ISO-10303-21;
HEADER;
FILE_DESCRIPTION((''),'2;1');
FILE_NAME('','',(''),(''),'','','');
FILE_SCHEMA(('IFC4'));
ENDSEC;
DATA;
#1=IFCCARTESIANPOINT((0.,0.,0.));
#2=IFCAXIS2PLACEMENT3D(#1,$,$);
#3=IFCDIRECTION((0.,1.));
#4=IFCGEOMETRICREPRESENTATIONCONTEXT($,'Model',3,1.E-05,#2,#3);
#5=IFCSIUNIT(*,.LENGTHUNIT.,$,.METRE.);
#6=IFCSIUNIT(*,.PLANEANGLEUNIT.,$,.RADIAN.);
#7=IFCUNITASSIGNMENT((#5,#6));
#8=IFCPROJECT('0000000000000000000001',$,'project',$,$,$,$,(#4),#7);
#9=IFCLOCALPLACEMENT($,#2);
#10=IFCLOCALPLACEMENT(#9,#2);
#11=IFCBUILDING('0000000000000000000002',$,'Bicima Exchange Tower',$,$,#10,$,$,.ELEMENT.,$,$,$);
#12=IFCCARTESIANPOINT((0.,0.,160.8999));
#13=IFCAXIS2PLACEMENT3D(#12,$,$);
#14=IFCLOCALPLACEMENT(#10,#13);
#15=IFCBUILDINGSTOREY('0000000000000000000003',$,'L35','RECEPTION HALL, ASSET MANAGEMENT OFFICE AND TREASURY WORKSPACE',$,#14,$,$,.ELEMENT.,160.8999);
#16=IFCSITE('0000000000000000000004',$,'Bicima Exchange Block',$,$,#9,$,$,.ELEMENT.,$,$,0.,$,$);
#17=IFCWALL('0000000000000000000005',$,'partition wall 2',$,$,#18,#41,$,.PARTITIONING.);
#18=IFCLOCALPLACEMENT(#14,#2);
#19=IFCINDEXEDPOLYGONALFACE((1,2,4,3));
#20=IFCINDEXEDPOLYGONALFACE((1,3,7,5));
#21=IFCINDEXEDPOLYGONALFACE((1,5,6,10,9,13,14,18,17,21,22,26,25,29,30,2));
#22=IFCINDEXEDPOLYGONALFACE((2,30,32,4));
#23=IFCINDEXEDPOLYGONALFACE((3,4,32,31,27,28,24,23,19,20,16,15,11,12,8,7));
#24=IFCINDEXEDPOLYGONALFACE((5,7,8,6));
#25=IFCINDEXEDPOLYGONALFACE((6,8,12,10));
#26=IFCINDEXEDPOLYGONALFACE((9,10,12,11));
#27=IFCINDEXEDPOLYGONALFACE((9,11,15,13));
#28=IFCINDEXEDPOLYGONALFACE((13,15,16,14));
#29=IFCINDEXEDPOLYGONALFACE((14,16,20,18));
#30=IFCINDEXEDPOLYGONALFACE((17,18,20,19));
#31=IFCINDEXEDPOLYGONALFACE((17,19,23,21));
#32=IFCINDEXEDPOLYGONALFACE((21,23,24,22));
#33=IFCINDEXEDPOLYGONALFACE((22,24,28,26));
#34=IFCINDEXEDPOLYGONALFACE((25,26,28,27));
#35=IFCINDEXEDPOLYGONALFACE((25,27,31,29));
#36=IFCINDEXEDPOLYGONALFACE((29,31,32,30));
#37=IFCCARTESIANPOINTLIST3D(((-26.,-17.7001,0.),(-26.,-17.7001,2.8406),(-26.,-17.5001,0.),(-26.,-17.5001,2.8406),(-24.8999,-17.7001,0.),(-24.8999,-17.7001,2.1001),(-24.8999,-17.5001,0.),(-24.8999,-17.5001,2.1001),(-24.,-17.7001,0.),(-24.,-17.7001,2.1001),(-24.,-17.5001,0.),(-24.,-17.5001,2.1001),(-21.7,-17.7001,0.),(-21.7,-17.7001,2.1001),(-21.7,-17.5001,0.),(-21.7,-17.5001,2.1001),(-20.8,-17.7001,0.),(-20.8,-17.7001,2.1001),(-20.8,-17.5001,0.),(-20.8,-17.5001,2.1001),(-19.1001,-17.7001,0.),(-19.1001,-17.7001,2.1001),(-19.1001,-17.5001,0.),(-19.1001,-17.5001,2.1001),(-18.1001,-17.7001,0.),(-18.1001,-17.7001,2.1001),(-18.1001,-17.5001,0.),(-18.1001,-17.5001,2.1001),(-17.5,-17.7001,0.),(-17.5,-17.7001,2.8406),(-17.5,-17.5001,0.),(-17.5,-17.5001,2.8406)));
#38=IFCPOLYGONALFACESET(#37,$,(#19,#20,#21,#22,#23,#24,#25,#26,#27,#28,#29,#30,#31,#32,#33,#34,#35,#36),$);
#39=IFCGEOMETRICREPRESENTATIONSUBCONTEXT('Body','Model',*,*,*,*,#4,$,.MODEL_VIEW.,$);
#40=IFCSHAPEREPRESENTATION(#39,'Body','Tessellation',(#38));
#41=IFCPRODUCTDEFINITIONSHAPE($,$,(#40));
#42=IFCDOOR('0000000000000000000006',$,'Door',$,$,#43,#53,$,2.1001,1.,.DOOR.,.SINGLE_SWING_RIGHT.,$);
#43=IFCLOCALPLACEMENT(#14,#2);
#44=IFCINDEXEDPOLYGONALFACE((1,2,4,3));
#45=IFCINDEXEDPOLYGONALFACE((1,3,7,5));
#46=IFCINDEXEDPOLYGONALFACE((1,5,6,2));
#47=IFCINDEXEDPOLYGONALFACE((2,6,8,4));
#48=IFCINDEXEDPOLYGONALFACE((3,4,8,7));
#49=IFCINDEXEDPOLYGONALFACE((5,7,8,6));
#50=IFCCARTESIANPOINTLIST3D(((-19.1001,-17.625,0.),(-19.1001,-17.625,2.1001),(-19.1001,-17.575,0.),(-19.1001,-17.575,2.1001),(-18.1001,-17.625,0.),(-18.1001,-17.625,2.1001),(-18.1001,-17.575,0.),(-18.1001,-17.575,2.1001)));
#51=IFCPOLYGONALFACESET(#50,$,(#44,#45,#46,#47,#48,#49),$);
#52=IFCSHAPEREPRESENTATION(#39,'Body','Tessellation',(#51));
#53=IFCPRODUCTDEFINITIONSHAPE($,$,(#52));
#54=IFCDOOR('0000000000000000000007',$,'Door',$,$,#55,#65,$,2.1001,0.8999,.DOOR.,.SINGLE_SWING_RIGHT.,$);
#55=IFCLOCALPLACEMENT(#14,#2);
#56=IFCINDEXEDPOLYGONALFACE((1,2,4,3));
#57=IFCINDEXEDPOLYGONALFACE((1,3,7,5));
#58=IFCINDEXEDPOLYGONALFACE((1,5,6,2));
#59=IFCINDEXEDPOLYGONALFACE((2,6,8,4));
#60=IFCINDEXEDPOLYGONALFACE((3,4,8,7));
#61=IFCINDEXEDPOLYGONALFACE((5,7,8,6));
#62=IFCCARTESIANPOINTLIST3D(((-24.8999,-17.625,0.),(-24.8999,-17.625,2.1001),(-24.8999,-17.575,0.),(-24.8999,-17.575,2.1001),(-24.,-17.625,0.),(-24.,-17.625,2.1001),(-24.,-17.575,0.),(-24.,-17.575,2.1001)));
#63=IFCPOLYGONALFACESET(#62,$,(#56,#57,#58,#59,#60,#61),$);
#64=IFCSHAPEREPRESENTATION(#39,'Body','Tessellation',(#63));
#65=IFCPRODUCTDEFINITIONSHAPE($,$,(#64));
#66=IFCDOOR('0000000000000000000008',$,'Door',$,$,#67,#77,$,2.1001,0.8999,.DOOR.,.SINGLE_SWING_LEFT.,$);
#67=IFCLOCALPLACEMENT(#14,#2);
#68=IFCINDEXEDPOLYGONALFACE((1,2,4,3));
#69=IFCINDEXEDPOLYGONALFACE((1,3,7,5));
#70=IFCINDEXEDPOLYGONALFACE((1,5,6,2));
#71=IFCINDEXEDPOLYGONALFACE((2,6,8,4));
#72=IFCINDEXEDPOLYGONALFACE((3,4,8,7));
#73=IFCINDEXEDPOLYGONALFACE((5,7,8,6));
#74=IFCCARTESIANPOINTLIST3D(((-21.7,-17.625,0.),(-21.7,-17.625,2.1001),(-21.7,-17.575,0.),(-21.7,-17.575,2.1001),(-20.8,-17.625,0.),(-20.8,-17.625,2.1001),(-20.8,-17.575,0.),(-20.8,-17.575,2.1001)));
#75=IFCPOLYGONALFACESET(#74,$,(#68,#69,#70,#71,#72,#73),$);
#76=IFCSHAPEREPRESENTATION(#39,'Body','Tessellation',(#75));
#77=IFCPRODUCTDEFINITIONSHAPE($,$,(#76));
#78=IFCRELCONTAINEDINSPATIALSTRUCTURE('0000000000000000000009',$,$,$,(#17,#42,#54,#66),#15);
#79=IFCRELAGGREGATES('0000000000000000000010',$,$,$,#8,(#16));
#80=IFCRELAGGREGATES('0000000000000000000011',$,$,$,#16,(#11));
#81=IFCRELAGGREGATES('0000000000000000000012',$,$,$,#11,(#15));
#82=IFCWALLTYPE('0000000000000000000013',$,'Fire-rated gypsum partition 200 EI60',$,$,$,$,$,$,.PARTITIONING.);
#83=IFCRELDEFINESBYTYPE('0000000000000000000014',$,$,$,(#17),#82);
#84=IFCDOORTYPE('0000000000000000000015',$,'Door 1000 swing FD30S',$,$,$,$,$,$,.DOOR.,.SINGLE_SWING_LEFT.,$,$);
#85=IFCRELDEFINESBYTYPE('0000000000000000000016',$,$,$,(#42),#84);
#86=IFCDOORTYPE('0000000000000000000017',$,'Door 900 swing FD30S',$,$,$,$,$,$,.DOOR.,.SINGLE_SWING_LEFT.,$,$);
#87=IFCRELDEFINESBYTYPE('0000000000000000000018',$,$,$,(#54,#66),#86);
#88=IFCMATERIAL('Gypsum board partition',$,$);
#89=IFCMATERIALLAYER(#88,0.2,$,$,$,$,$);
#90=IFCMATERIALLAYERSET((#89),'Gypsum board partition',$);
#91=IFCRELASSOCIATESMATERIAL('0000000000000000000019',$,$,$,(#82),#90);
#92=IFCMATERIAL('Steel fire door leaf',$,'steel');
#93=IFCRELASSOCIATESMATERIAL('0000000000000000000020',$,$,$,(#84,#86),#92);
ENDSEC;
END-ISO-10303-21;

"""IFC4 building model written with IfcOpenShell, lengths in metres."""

from ifc_helpers import new_model, si_unit, direction, frame, frame_2d, origin, place, context, subcontext, project, spatial, rectangle, extrude, material, layer, layer_set, type_object, element, fill, save


model = new_model("IFC4")

# Units and contexts
model_context = context("Model", 3, precision=1e-05, world=origin(), true_north=direction((0.0, 1.0)))
body_context = subcontext(model_context, "Body", "Model", "MODEL_VIEW")
ifc_project = project(units=[si_unit("LENGTHUNIT", "METRE"), si_unit("PLANEANGLEUNIT", "RADIAN")], contexts=[model_context])

# Site, building, storey
site_placement = place(None, origin())
site = spatial("IfcSite", under=ifc_project, at=site_placement, Name="Bicima Exchange Block", CompositionType="ELEMENT", RefElevation=0.0)
building_placement = place(site_placement, origin())
building = spatial("IfcBuilding", under=site, at=building_placement, Name="Bicima Exchange Tower", CompositionType="ELEMENT")
storey_placement = place(building_placement, frame((0.0, 0.0, 160.8999)))
storey = spatial("IfcBuildingStorey", under=building, at=storey_placement, Name="L35", Description="RECEPTION HALL, ASSET MANAGEMENT OFFICE AND TREASURY WORKSPACE", CompositionType="ELEMENT", Elevation=160.8999)

# Wall, openings, doors
ifc_material_1 = material(Name="Gypsum board partition")
ifc_layer_1 = layer(ifc_material_1, 0.2)
ifc_layer_set_1 = layer_set([ifc_layer_1], Name="Gypsum board partition")
wall_type = type_object("IfcWallType", Name="Fire-rated gypsum partition 200 EI60", PredefinedType="PARTITIONING", material=ifc_layer_set_1)
wall_1_placement = place(storey_placement, frame((-26.0, -17.6001, 0.0), z_axis=(0.0, 0.0, 1.0), x_axis=(1.0, 0.0, 0.0)))
wall_1 = element("IfcWall", 1, at=wall_1_placement, inside=storey, type_object=wall_type, Name="partition wall 2", PredefinedType="PARTITIONING", context=body_context, shape_type="SweptSolid", body=[
    extrude(rectangle(XDim=8.5, YDim=0.2, at=frame_2d((4.25, 0.0))), origin(), (0.0, 0.0, 1.0), 2.8406),
])
opening_1_placement = place(wall_1_placement, frame((1.1001, 0.0, 0.0)))
opening_1 = element("IfcOpeningElement", 2, at=opening_1_placement, cuts=wall_1, PredefinedType="OPENING", context=body_context, shape_type="SweptSolid", body=[
    extrude(rectangle(XDim=0.8999, YDim=2.1001, at=frame_2d((0.45, 1.05))), frame((0.0, 0.1118, 0.0), z_axis=(0.0, -1.0, 0.0), x_axis=(1.0, 0.0, 0.0)), (0.0, 0.0, 1.0), 0.2239),
])
opening_2_placement = place(wall_1_placement, frame((4.3, 0.0, 0.0)))
opening_2 = element("IfcOpeningElement", 3, at=opening_2_placement, cuts=wall_1, PredefinedType="OPENING", context=body_context, shape_type="SweptSolid", body=[
    extrude(rectangle(XDim=0.8999, YDim=2.1001, at=frame_2d((0.45, 1.05))), frame((0.0, 0.1118, 0.0), z_axis=(0.0, -1.0, 0.0), x_axis=(1.0, 0.0, 0.0)), (0.0, 0.0, 1.0), 0.2239),
])
opening_3_placement = place(wall_1_placement, frame((6.8999, 0.0, 0.0)))
opening_3 = element("IfcOpeningElement", 4, at=opening_3_placement, cuts=wall_1, PredefinedType="OPENING", context=body_context, shape_type="SweptSolid", body=[
    extrude(rectangle(XDim=1.0, YDim=2.1001, at=frame_2d((0.5, 1.05))), frame((0.0, 0.1118, 0.0), z_axis=(0.0, -1.0, 0.0), x_axis=(1.0, 0.0, 0.0)), (0.0, 0.0, 1.0), 0.2239),
])
ifc_material_2 = material(Name="Steel fire door leaf", Category="steel")
door_type_1 = type_object("IfcDoorType", Name="Door 1000 swing FD30S", OperationType="SINGLE_SWING_LEFT", PredefinedType="DOOR", material=ifc_material_2)
door_1_placement = place(opening_3_placement, frame((1.0, 0.0, 0.0), z_axis=(0.0, 0.0, 1.0), x_axis=(-1.0, 0.0, 0.0)))
door_1 = element("IfcDoor", 5, at=door_1_placement, inside=storey, type_object=door_type_1, Name="Door", OperationType="SINGLE_SWING_RIGHT", OverallHeight=2.1001, OverallWidth=1.0, PredefinedType="DOOR", context=body_context, shape_type="SweptSolid", body=[
    extrude(rectangle(XDim=1.0, YDim=2.1001, at=frame_2d((0.5, 1.05))), frame((0.0, 0.0249, 0.0), z_axis=(0.0, -1.0, 0.0), x_axis=(1.0, 0.0, 0.0)), (0.0, 0.0, 1.0), 0.05),
])
fill(opening_3, door_1)
door_type_2 = type_object("IfcDoorType", Name="Door 900 swing FD30S", OperationType="SINGLE_SWING_LEFT", PredefinedType="DOOR", material=ifc_material_2)
door_2_placement = place(opening_1_placement, frame((0.8999, 0.0, 0.0), z_axis=(0.0, 0.0, 1.0), x_axis=(-1.0, 0.0, 0.0)))
door_2 = element("IfcDoor", 6, at=door_2_placement, inside=storey, type_object=door_type_2, Name="Door", OperationType="SINGLE_SWING_RIGHT", OverallHeight=2.1001, OverallWidth=0.8999, PredefinedType="DOOR", context=body_context, shape_type="SweptSolid", body=[
    extrude(rectangle(XDim=0.8999, YDim=2.1001, at=frame_2d((0.45, 1.05))), frame((0.0, 0.0249, 0.0), z_axis=(0.0, -1.0, 0.0), x_axis=(1.0, 0.0, 0.0)), (0.0, 0.0, 1.0), 0.05),
])
fill(opening_1, door_2)
door_3_placement = place(opening_2_placement, frame((0.8999, 0.0, 0.0), z_axis=(0.0, 0.0, 1.0), x_axis=(-1.0, 0.0, 0.0)))
door_3 = element("IfcDoor", 7, at=door_3_placement, inside=storey, type_object=door_type_2, Name="Door", OperationType="SINGLE_SWING_LEFT", OverallHeight=2.1001, OverallWidth=0.8999, PredefinedType="DOOR", context=body_context, shape_type="SweptSolid", body=[
    extrude(rectangle(XDim=0.8999, YDim=2.1001, at=frame_2d((0.45, 1.05))), frame((0.0, 0.0249, 0.0), z_axis=(0.0, -1.0, 0.0), x_axis=(1.0, 0.0, 0.0)), (0.0, 0.0, 1.0), 0.05),
])
fill(opening_2, door_3)

save(model, "model.ifc")
